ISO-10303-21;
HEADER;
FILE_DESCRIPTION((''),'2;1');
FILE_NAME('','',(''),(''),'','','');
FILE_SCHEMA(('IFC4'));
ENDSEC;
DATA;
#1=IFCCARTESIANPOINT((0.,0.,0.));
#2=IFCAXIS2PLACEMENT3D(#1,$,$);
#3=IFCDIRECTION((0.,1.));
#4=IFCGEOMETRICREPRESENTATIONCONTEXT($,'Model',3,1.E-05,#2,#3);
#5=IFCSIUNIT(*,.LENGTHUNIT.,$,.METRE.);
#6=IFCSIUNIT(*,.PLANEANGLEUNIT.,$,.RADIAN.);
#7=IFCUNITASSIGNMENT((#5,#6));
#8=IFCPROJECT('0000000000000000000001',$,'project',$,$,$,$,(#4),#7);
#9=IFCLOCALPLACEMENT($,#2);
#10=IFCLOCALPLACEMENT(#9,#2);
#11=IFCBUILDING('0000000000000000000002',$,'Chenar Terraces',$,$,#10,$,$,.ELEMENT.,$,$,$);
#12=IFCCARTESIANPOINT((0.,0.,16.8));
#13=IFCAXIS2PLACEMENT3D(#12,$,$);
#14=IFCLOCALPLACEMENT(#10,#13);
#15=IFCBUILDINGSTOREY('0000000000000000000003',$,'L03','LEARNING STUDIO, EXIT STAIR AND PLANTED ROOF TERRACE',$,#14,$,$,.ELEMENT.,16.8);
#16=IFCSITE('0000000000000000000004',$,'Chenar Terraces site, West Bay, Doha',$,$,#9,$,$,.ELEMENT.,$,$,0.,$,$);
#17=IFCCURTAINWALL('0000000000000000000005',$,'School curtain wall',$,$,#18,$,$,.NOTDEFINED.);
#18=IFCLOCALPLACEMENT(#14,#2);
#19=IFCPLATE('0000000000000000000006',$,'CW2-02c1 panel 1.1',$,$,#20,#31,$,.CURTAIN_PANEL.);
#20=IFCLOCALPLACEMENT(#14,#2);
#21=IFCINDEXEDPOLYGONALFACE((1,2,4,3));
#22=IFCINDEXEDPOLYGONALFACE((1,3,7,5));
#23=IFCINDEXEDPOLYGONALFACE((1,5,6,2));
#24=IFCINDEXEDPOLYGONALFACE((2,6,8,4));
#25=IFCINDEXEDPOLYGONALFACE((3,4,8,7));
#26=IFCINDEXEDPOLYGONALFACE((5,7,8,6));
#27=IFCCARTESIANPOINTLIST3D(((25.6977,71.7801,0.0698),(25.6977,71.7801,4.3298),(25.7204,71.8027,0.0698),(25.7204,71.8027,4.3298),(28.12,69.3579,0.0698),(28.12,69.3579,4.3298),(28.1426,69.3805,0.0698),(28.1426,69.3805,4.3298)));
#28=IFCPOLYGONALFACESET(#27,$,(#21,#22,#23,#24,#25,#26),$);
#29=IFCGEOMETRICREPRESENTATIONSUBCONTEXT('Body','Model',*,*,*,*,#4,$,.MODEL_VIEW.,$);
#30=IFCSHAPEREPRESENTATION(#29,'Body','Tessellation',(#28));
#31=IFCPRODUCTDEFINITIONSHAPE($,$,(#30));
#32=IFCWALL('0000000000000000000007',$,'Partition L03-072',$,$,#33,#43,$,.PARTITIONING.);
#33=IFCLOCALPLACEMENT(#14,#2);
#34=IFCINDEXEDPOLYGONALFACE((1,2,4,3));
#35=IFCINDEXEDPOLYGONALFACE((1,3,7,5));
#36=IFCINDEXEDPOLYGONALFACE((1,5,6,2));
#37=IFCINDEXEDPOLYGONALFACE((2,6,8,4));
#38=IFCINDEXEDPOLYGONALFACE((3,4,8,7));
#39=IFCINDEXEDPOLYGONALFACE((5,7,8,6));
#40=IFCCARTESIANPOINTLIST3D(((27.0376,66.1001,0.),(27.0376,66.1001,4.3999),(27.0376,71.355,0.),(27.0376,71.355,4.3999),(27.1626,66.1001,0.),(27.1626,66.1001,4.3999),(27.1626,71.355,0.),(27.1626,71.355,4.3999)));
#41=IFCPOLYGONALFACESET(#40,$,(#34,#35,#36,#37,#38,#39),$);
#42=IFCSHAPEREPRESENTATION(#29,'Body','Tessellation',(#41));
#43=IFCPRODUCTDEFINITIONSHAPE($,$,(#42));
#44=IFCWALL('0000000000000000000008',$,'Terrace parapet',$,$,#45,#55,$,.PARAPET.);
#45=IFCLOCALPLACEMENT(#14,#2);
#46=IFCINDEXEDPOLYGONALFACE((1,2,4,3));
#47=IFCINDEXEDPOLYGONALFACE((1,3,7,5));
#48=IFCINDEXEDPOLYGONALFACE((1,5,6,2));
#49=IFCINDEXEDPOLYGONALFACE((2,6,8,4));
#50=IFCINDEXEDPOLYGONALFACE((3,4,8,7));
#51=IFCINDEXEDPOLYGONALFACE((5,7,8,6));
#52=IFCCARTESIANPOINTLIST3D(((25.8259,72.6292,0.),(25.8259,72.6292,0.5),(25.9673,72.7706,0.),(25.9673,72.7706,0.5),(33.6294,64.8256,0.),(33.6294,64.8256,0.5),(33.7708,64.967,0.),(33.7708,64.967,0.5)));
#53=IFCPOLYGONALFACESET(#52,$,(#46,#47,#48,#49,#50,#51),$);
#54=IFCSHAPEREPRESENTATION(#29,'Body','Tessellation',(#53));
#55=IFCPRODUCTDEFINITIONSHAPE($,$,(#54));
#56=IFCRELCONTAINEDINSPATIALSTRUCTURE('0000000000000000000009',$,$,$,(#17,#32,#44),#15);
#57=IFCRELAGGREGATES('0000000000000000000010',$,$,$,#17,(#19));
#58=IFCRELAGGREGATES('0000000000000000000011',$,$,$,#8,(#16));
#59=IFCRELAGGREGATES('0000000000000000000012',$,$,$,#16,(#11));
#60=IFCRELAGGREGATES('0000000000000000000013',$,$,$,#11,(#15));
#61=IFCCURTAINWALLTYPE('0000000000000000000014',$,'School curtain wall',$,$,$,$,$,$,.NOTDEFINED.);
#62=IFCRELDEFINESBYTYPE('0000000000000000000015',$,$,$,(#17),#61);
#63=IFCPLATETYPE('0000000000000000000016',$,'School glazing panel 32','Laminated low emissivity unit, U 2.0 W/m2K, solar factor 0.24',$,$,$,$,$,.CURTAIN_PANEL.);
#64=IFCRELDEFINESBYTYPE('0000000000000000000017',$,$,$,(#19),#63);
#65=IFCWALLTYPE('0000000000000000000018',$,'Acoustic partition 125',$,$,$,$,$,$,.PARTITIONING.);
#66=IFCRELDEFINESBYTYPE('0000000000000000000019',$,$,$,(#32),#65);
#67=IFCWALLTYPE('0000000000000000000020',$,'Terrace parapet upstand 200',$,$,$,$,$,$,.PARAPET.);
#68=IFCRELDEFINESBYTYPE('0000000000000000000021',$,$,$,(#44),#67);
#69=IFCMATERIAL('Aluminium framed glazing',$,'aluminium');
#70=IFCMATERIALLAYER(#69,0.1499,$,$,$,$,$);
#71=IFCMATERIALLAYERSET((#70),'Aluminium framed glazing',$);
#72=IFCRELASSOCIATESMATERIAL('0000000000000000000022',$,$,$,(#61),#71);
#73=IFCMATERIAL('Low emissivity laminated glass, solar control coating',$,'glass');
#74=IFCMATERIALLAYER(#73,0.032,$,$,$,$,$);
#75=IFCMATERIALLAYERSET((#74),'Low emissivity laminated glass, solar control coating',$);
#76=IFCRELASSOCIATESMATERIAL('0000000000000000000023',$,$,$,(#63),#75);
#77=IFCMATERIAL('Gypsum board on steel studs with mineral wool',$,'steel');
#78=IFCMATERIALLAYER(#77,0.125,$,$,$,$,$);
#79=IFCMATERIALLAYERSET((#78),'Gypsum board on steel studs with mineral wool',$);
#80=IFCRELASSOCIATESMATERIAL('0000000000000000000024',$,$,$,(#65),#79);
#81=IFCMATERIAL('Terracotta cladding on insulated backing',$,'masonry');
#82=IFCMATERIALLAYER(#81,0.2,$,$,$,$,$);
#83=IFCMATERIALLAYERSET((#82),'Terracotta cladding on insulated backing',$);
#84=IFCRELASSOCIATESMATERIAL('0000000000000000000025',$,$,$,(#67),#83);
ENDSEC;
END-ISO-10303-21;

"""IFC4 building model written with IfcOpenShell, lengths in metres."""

from ifc_helpers import new_model, si_unit, direction, frame, frame_2d, origin, origin_2d, place, context, subcontext, project, spatial, rectangle, extrude, material, layer, layer_set, type_object, element, aggregate, save


model = new_model("IFC4")

# Units and contexts
model_context = context("Model", 3, precision=1e-05, world=origin(), true_north=direction((0.0, 1.0)))
body_context = subcontext(model_context, "Body", "Model", "MODEL_VIEW")
ifc_project = project(units=[si_unit("LENGTHUNIT", "METRE"), si_unit("PLANEANGLEUNIT", "RADIAN")], contexts=[model_context])

# Site, building, storey
site_placement = place(None, origin())
site = spatial("IfcSite", under=ifc_project, at=site_placement, Name="Chenar Terraces site, West Bay, Doha", CompositionType="ELEMENT", RefElevation=0.0)
building_placement = place(site_placement, origin())
building = spatial("IfcBuilding", under=site, at=building_placement, Name="Chenar Terraces", CompositionType="ELEMENT")
storey_placement = place(building_placement, frame((0.0, 0.0, 16.8)))
storey = spatial("IfcBuildingStorey", under=building, at=storey_placement, Name="L03", Description="LEARNING STUDIO, EXIT STAIR AND PLANTED ROOF TERRACE", CompositionType="ELEMENT", Elevation=16.8)

# Shared definitions
ifc_material_1 = material(Name="Aluminium framed glazing", Category="aluminium")
ifc_layer_1 = layer(ifc_material_1, 0.1499)
ifc_layer_set_1 = layer_set([ifc_layer_1], Name="Aluminium framed glazing")
curtain_wall_type = type_object("IfcCurtainWallType", Name="School curtain wall", PredefinedType="NOTDEFINED", material=ifc_layer_set_1)
placement = place(storey_placement, origin())

# Curtain wall
curtain_wall_1 = element("IfcCurtainWall", 1, at=placement, inside=storey, type_object=curtain_wall_type, Name="School curtain wall", PredefinedType="NOTDEFINED")

# Plate
ifc_material_2 = material(Name="Low emissivity laminated glass, solar control coating", Category="glass")
ifc_layer_2 = layer(ifc_material_2, 0.032)
ifc_layer_set_2 = layer_set([ifc_layer_2], Name="Low emissivity laminated glass, solar control coating")
plate_type = type_object("IfcPlateType", Name="School glazing panel 32", Description="Laminated low emissivity unit, U 2.0 W/m2K, solar factor 0.24", PredefinedType="CURTAIN_PANEL", material=ifc_layer_set_2)
plate_1_placement = place(storey_placement, frame((26.9202, 70.5803, 0.0698), z_axis=(0.0, 0.0, 1.0), x_axis=(-0.707107, 0.707107, 0.0)))
plate_1 = element("IfcPlate", 2, at=plate_1_placement, type_object=plate_type, Name="CW2-02c1 panel 1.1", PredefinedType="CURTAIN_PANEL", context=body_context, shape_type="SweptSolid", body=[
    extrude(rectangle(XDim=3.4255, YDim=0.032, at=origin_2d()), origin(), (0.0, 0.0, 1.0), 4.26),
])
aggregate(curtain_wall_1, [plate_1])

# Wall
ifc_material_3 = material(Name="Gypsum board on steel studs with mineral wool", Category="steel")
ifc_layer_3 = layer(ifc_material_3, 0.125)
ifc_layer_set_3 = layer_set([ifc_layer_3], Name="Gypsum board on steel studs with mineral wool")
wall_type_1 = type_object("IfcWallType", Name="Acoustic partition 125", PredefinedType="PARTITIONING", material=ifc_layer_set_3)
wall_1_placement = place(storey_placement, frame((27.1001, 66.1001, 0.0), z_axis=(0.0, 0.0, 1.0), x_axis=(0.0, 1.0, 0.0)))
element("IfcWall", 3, at=wall_1_placement, inside=storey, type_object=wall_type_1, Name="Partition L03-072", PredefinedType="PARTITIONING", context=body_context, shape_type="SweptSolid", body=[
    extrude(rectangle(XDim=5.2549, YDim=0.125, at=frame_2d((2.6274, 0.0))), origin(), (0.0, 0.0, 1.0), 4.3999),
])

# Wall
ifc_material_4 = material(Name="Terracotta cladding on insulated backing", Category="masonry")
ifc_layer_4 = layer(ifc_material_4, 0.2)
ifc_layer_set_4 = layer_set([ifc_layer_4], Name="Terracotta cladding on insulated backing")
wall_type_2 = type_object("IfcWallType", Name="Terrace parapet upstand 200", PredefinedType="PARAPET", material=ifc_layer_set_4)
wall_2_placement = place(storey_placement, frame((25.8965, 72.7, 0.0), z_axis=(0.0, 0.0, 1.0), x_axis=(0.707107, -0.707107, 0.0)))
element("IfcWall", 4, at=wall_2_placement, inside=storey, type_object=wall_type_2, Name="Terrace parapet", PredefinedType="PARAPET", context=body_context, shape_type="SweptSolid", body=[
    extrude(rectangle(XDim=11.0359, YDim=0.2, at=frame_2d((5.5181, 0.0))), origin(), (0.0, 0.0, 1.0), 0.5),
])

save(model, "model.ifc")
